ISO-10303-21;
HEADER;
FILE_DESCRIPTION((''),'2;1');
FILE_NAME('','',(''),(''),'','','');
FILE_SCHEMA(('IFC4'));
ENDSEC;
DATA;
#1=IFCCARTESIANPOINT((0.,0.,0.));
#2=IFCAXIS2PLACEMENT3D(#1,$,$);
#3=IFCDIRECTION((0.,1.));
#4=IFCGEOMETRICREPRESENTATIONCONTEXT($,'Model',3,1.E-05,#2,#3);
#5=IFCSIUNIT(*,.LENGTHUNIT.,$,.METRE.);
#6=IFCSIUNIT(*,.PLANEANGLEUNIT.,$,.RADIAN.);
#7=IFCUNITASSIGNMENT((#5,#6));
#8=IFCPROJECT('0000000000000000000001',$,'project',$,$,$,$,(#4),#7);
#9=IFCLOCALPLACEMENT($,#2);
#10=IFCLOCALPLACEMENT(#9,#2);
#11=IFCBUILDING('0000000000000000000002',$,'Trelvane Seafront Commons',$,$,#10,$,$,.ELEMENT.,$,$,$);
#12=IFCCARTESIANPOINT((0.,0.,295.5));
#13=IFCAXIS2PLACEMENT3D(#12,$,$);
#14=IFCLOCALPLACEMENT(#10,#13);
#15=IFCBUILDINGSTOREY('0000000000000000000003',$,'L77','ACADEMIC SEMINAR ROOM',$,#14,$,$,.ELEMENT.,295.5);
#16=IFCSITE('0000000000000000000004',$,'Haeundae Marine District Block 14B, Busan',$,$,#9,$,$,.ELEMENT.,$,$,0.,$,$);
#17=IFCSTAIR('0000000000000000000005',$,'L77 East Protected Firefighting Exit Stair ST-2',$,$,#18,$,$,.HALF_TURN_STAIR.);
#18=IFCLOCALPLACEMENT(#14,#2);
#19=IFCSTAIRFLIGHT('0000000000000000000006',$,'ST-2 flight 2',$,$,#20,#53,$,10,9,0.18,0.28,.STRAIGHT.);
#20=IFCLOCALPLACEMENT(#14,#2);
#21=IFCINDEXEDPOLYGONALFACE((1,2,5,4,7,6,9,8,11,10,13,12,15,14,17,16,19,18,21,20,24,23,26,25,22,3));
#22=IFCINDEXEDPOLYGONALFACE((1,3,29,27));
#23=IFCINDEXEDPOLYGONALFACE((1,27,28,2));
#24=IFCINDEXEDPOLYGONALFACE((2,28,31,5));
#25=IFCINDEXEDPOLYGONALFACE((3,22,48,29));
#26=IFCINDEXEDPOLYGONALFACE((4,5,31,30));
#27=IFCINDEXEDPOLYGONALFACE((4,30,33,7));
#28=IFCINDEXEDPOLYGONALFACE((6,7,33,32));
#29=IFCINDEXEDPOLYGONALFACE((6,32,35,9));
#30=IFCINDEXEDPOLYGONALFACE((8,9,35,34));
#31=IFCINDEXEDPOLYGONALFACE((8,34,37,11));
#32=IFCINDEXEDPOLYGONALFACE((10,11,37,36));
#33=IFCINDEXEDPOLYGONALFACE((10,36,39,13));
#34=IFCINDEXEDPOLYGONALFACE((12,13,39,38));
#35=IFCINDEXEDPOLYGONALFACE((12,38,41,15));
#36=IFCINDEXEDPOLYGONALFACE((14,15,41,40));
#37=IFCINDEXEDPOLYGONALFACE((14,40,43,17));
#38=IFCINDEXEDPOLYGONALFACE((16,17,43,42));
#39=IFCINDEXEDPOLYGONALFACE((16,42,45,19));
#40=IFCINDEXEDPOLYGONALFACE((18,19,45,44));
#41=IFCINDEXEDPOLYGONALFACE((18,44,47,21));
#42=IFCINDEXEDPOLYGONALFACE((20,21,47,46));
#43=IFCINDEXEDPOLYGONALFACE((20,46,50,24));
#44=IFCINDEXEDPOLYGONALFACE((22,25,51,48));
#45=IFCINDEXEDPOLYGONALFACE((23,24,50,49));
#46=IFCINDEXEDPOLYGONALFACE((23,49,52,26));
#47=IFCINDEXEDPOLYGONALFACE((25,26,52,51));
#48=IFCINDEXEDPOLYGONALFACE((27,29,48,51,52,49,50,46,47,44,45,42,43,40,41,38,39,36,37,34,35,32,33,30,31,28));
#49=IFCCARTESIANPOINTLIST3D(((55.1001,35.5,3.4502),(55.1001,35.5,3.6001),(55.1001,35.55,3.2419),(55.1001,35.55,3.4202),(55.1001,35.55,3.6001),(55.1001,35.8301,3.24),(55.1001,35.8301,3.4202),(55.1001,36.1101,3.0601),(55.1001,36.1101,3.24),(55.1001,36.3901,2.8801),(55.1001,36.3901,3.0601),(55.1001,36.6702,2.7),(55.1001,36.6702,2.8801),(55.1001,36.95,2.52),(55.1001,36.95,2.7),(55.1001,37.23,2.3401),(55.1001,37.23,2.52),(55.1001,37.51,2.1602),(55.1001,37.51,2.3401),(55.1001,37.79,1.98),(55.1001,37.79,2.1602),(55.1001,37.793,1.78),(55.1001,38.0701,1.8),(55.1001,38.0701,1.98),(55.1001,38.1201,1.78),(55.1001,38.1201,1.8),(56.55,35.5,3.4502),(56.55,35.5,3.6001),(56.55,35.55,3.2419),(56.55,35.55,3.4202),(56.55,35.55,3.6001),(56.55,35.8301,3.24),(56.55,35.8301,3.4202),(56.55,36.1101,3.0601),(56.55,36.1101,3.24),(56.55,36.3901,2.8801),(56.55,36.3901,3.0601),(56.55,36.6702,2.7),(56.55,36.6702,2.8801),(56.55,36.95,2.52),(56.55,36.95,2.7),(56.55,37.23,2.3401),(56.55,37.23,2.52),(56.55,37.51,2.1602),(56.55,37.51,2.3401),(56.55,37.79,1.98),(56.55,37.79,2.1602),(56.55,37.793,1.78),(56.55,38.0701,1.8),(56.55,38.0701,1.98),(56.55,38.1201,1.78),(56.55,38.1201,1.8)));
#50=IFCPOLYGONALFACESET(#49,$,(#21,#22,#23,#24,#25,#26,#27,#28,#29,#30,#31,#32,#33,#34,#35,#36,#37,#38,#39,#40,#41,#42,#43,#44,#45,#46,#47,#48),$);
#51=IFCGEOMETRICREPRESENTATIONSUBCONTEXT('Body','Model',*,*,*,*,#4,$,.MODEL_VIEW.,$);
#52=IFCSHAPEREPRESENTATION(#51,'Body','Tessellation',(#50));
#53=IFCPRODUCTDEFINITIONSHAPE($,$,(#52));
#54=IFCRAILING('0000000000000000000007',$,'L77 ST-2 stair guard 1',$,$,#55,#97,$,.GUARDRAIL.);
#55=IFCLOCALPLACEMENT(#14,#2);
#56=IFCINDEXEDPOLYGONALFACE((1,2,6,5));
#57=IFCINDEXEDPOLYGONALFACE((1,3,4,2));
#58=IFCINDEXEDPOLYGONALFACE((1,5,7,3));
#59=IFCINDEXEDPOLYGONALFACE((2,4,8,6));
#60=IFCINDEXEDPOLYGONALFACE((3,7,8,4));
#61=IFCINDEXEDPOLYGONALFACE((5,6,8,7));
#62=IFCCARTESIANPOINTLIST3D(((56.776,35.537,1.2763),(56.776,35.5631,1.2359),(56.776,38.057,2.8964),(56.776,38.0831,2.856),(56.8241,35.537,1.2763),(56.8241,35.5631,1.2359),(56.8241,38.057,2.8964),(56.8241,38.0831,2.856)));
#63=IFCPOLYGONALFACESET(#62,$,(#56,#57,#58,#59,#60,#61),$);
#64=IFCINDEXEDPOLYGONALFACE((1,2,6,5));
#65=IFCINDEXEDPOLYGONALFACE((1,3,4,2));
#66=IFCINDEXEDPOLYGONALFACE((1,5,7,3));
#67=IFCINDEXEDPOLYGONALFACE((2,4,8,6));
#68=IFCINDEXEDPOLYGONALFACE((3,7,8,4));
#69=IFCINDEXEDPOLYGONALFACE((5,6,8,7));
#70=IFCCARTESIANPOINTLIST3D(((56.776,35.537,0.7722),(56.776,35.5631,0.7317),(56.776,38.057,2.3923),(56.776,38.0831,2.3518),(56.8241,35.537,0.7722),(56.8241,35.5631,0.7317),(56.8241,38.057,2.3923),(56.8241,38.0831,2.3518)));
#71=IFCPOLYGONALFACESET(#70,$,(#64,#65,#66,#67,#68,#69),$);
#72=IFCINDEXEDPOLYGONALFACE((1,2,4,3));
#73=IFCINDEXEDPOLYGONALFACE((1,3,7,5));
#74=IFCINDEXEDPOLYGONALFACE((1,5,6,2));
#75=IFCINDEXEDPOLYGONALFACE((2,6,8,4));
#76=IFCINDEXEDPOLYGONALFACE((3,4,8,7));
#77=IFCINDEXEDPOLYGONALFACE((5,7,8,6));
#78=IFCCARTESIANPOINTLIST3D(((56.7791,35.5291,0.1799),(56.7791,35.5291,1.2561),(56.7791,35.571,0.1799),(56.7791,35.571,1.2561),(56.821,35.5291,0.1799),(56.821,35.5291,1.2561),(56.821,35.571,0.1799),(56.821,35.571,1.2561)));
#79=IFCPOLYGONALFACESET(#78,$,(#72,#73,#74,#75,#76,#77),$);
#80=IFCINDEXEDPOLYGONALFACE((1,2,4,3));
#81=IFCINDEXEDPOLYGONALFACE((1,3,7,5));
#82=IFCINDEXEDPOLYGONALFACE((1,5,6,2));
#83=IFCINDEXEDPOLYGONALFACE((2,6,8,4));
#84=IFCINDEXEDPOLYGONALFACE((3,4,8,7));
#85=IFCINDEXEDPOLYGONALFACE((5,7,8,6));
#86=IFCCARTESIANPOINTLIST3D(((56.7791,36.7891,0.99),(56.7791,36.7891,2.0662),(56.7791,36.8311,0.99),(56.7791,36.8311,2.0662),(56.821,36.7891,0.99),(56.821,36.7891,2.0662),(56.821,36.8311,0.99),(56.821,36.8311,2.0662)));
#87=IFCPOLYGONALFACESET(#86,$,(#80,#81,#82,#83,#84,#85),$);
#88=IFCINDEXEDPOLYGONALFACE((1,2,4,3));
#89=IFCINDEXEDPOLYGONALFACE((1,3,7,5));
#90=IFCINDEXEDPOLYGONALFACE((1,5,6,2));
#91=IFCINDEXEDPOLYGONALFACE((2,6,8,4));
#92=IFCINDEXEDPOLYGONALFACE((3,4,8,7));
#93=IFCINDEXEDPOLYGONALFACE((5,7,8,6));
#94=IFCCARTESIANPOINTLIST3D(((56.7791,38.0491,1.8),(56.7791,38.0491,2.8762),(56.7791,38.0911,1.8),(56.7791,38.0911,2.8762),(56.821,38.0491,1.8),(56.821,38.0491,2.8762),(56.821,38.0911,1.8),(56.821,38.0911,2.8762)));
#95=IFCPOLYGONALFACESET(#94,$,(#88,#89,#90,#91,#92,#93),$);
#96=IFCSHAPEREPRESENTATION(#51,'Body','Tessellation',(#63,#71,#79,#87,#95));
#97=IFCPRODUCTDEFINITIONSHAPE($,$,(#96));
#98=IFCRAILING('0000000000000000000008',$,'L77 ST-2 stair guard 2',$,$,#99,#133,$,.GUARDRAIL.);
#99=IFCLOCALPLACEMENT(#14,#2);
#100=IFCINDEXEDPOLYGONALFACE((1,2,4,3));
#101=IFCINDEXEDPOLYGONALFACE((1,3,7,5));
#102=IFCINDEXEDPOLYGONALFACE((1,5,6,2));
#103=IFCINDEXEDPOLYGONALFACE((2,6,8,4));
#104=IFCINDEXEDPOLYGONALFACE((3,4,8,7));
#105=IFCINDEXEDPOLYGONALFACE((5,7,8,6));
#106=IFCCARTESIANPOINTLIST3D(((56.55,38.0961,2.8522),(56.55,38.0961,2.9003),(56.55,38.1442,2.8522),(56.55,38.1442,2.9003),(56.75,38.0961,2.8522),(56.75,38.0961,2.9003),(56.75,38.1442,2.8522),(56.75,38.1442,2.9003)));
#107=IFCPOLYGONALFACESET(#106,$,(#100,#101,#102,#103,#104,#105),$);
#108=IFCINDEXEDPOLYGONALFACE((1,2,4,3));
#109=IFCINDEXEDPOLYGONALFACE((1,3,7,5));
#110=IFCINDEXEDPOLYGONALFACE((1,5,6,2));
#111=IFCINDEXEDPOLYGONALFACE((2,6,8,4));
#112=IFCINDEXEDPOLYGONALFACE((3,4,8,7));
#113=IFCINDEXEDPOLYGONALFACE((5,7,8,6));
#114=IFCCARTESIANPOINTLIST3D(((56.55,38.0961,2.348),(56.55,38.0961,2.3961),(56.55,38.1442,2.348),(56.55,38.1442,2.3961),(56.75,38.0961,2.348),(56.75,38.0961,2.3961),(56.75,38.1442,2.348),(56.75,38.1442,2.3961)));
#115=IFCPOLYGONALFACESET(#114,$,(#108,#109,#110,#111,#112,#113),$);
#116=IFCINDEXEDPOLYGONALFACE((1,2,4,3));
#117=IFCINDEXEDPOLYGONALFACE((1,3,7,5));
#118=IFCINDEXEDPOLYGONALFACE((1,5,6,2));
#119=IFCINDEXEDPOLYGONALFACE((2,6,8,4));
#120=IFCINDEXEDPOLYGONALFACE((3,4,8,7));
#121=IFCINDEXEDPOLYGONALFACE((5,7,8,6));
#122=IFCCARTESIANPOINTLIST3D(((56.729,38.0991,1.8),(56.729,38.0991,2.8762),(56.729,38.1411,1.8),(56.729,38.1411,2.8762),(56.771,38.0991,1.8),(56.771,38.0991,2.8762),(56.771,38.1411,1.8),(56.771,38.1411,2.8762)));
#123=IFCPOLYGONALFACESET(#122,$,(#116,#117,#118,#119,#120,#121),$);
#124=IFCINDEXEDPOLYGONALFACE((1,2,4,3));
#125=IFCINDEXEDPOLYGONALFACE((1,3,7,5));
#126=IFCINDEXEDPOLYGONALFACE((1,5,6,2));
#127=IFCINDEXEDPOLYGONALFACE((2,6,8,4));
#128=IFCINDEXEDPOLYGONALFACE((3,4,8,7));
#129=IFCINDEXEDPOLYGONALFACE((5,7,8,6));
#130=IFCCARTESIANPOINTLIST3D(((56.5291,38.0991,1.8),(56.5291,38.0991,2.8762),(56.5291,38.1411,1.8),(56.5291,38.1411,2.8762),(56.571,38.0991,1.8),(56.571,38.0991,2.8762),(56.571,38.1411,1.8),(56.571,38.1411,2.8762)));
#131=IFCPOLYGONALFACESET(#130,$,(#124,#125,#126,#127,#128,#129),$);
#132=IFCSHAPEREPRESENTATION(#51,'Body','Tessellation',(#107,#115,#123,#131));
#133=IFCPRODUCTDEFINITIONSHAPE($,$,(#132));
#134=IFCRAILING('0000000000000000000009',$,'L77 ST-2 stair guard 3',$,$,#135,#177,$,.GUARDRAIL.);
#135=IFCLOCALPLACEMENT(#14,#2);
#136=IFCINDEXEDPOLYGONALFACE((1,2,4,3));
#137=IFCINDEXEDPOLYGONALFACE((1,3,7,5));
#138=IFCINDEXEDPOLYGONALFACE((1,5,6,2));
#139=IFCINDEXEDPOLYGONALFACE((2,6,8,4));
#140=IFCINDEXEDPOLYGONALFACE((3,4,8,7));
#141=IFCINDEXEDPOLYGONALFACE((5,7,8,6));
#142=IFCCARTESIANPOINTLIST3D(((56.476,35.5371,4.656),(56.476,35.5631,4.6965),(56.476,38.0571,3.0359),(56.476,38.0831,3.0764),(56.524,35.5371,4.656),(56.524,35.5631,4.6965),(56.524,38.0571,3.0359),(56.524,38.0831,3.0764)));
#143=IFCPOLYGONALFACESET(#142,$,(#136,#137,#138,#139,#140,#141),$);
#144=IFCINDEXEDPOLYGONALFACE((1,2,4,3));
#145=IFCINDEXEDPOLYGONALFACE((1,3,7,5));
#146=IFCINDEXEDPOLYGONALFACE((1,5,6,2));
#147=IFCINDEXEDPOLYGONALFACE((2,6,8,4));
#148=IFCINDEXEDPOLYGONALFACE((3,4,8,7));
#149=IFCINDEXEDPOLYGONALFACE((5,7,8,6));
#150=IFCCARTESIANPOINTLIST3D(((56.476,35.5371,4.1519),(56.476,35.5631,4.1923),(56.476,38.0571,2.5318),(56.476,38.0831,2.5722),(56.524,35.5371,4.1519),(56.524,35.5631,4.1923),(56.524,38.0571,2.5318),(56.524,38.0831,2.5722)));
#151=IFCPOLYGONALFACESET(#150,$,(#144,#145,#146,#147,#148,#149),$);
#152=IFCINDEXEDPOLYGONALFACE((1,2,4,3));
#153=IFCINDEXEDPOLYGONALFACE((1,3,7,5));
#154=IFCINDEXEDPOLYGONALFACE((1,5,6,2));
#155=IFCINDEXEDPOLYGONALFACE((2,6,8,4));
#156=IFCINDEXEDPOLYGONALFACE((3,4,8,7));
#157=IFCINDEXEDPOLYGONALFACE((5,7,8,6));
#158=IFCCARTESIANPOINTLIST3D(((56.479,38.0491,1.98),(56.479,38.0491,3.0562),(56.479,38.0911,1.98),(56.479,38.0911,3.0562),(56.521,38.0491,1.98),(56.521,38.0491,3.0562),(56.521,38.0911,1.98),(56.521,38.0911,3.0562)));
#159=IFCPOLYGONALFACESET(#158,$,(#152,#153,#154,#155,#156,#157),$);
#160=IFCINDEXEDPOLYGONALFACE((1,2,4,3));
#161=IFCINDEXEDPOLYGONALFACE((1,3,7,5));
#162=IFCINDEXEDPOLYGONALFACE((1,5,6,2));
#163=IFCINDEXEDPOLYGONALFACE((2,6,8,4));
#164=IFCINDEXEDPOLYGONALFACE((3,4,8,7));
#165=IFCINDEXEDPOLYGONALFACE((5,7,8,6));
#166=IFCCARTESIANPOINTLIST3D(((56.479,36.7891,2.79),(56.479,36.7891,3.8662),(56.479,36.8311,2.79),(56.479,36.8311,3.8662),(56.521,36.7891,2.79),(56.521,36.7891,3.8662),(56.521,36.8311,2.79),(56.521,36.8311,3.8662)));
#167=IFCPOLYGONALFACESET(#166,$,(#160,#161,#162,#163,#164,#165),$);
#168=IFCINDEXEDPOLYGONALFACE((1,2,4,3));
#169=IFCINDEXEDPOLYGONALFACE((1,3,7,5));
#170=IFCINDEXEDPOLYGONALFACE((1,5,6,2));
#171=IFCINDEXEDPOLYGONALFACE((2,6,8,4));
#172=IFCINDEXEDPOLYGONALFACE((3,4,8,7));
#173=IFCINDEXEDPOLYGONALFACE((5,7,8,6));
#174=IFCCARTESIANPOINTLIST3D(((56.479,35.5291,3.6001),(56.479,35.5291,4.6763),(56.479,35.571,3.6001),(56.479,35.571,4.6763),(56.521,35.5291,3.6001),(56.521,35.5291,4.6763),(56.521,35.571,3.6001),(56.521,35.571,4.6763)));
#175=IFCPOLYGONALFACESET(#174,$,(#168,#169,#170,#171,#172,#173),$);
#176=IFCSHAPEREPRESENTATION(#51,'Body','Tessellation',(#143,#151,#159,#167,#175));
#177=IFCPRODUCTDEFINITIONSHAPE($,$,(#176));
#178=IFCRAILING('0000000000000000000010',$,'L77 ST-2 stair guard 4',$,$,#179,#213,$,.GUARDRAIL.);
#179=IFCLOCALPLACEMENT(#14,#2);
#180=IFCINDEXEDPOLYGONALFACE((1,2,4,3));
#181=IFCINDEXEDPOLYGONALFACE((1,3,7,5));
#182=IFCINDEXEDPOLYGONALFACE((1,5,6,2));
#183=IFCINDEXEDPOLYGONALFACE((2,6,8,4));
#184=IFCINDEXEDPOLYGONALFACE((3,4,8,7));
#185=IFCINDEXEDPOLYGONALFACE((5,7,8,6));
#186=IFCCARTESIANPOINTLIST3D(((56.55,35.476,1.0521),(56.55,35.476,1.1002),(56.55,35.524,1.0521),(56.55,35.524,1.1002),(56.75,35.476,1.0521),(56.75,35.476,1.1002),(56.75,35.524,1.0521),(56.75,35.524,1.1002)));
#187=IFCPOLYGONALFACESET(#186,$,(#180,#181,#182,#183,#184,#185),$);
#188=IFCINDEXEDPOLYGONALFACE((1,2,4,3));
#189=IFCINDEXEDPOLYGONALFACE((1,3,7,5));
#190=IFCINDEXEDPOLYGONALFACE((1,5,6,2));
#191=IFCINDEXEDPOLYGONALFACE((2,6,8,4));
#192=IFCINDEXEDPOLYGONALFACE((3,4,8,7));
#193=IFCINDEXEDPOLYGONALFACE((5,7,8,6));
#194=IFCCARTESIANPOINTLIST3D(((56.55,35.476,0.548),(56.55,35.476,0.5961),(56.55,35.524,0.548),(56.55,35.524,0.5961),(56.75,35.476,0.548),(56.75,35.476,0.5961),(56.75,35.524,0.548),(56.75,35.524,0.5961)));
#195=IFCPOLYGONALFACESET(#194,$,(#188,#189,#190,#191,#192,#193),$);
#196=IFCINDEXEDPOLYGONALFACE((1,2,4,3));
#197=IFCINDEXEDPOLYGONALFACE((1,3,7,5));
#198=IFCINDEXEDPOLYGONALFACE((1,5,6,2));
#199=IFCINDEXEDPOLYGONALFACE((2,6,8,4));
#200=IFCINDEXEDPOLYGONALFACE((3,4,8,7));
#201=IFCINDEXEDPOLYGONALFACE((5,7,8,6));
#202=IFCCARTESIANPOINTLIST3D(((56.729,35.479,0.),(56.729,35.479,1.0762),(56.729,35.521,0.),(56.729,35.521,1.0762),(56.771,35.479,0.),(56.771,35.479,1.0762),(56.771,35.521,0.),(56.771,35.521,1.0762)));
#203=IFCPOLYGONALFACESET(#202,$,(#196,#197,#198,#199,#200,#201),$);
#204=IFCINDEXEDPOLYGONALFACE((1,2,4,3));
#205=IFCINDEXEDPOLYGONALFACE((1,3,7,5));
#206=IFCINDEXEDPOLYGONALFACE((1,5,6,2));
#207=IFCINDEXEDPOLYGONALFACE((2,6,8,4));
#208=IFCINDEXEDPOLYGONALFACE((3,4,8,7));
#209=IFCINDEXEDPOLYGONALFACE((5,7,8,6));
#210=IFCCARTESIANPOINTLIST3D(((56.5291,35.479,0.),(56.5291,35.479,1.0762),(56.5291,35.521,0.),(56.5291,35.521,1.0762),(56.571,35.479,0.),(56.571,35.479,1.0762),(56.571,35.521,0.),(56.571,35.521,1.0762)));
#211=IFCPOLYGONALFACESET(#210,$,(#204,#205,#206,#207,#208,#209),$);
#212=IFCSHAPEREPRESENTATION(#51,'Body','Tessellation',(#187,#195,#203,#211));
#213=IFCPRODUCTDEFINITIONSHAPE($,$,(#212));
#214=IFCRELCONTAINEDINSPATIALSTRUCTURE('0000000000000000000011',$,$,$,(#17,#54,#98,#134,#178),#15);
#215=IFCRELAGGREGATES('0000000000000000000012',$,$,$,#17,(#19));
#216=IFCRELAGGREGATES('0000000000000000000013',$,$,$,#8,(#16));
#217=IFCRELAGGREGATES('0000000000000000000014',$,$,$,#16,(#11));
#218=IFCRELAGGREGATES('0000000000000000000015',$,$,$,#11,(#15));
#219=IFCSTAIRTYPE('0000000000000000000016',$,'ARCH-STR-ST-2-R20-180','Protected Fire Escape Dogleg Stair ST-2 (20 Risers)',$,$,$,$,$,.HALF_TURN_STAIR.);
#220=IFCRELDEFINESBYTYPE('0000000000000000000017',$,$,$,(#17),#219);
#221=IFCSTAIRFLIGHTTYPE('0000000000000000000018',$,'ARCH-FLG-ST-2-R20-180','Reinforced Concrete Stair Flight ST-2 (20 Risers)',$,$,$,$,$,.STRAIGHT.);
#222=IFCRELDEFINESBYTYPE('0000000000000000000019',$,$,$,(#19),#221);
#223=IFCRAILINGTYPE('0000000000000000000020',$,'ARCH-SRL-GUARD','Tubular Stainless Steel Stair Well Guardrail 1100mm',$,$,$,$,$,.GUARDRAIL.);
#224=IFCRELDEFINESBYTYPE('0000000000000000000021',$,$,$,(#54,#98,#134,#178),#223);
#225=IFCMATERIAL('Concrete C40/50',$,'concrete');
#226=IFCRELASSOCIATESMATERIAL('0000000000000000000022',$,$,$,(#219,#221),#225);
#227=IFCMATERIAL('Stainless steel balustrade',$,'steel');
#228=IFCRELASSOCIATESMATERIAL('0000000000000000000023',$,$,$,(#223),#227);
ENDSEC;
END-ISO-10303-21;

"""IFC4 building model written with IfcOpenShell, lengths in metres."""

from ifc_helpers import new_model, si_unit, direction, frame, origin, origin_2d, place, context, subcontext, project, spatial, polyline, rectangle, outline, extrude, source, transform, mapped, material, type_object, element, aggregate, save


model = new_model("IFC4")

# Units and contexts
model_context = context("Model", 3, precision=1e-05, world=origin(), true_north=direction((0.0, 1.0)))
body_context = subcontext(model_context, "Body", "Model", "MODEL_VIEW")
ifc_project = project(units=[si_unit("LENGTHUNIT", "METRE"), si_unit("PLANEANGLEUNIT", "RADIAN")], contexts=[model_context])

# Site, building, storey
site_placement = place(None, origin())
site = spatial("IfcSite", under=ifc_project, at=site_placement, Name="Haeundae Marine District Block 14B, Busan", CompositionType="ELEMENT", RefElevation=0.0)
building_placement = place(site_placement, origin())
building = spatial("IfcBuilding", under=site, at=building_placement, Name="Trelvane Seafront Commons", CompositionType="ELEMENT")
storey_placement = place(building_placement, frame((0.0, 0.0, 295.5)))
storey = spatial("IfcBuildingStorey", under=building, at=storey_placement, Name="L77", Description="ACADEMIC SEMINAR ROOM", CompositionType="ELEMENT", Elevation=295.5)

# Shared definitions
ifc_material_1 = material(Name="Concrete C40/50", Category="concrete")

# Stair, stair flight
stair_type = type_object("IfcStairType", Name="ARCH-STR-ST-2-R20-180", Description="Protected Fire Escape Dogleg Stair ST-2 (20 Risers)", PredefinedType="HALF_TURN_STAIR", material=ifc_material_1)
stair_placement = place(storey_placement, origin())
stair = element("IfcStair", 1, at=stair_placement, inside=storey, type_object=stair_type, Name="L77 East Protected Firefighting Exit Stair ST-2", PredefinedType="HALF_TURN_STAIR")
stair_flight_type = type_object("IfcStairFlightType", Name="ARCH-FLG-ST-2-R20-180", Description="Reinforced Concrete Stair Flight ST-2 (20 Risers)", PredefinedType="STRAIGHT", material=ifc_material_1)
shared_shape_1 = source(origin(), body_context, "Body", "SweptSolid", [
    extrude(outline(polyline([(-0.05, -0.02), (-0.05, 0.0), (0.0, 0.0), (0.0, 0.1799), (0.28, 0.1799), (0.28, 0.3601), (0.5601, 0.3601), (0.5601, 0.54), (0.8401, 0.54), (0.8401, 0.72), (1.1201, 0.72), (1.1201, 0.8999), (1.3999, 0.8999), (1.3999, 1.0801), (1.6799, 1.0801), (1.6799, 1.26), (1.96, 1.26), (1.96, 1.4399), (2.24, 1.4399), (2.24, 1.6201), (2.52, 1.6201), (2.52, 1.8), (2.5701, 1.8), (2.5701, 1.6501), (2.52, 1.4419), (0.2771, -0.02), (-0.05, -0.02)])), frame((0.0, 0.7251, 0.0), z_axis=(0.0, -1.0, 0.0), x_axis=(1.0, 0.0, 0.0)), (0.0, 0.0, 1.0), 1.45),
])
stair_flight_1_placement = place(storey_placement, frame((55.825, 38.0701, 1.8), z_axis=(0.0, 0.0, 1.0), x_axis=(0.0, -1.0, 0.0)))
stair_flight_1 = element("IfcStairFlight", 2, at=stair_flight_1_placement, type_object=stair_flight_type, Name="ST-2 flight 2", NumberOfRisers=10, NumberOfTreads=9, PredefinedType="STRAIGHT", RiserHeight=0.18, TreadLength=0.28, context=body_context, shape_type="MappedRepresentation", body=[
    mapped(shared_shape_1, transform((0.0, 0.0, 0.0), x_axis=(1.0, 0.0, 0.0), y_axis=(0.0, 1.0, 0.0), z_axis=(0.0, 0.0, 1.0), scale=1.0)),
])
aggregate(stair, [stair_flight_1])

# Railings
ifc_material_2 = material(Name="Stainless steel balustrade", Category="steel")
railing_type_1 = type_object("IfcRailingType", Name="ARCH-SRL-GUARD", Description="Tubular Stainless Steel Stair Well Guardrail 1100mm", PredefinedType="GUARDRAIL", material=ifc_material_2)
railing_1_placement = place(storey_placement, frame((56.8, 35.55, 0.1799)))
element("IfcRailing", 3, at=railing_1_placement, inside=storey, type_object=railing_type_1, Name="L77 ST-2 stair guard 1", PredefinedType="GUARDRAIL", context=body_context, shape_type="SweptSolid", body=[
    extrude(rectangle(XDim=0.0481, YDim=0.0481, at=origin_2d()), frame((0.0, 0.0, 1.0762), z_axis=(0.0, 0.841163, 0.540782), x_axis=(-1.0, 0.0, 0.0)), (0.0, 0.0, 1.0), 2.9958),
    extrude(rectangle(XDim=0.0481, YDim=0.0481, at=origin_2d()), frame((0.0, 0.0, 0.572), z_axis=(0.0, 0.841163, 0.540782), x_axis=(-1.0, 0.0, 0.0)), (0.0, 0.0, 1.0), 2.9958),
    extrude(rectangle(XDim=0.042, YDim=0.042, at=origin_2d()), origin(), (0.0, 0.0, 1.0), 1.0762),
    extrude(rectangle(XDim=0.042, YDim=0.042, at=origin_2d()), frame((0.0, 1.26, 0.8101)), (0.0, 0.0, 1.0), 1.0762),
    extrude(rectangle(XDim=0.042, YDim=0.042, at=origin_2d()), frame((0.0, 2.52, 1.6201)), (0.0, 0.0, 1.0), 1.0762),
])
railing_2_placement = place(storey_placement, frame((56.75, 38.1201, 1.8)))
element("IfcRailing", 4, at=railing_2_placement, inside=storey, type_object=railing_type_1, Name="L77 ST-2 stair guard 2", PredefinedType="GUARDRAIL", context=body_context, shape_type="SweptSolid", body=[
    extrude(rectangle(XDim=0.0481, YDim=0.0481, at=origin_2d()), frame((0.0, 0.0, 1.0762), z_axis=(-1.0, 0.0, 0.0), x_axis=(0.0, -1.0, 0.0)), (0.0, 0.0, 1.0), 0.2),
    extrude(rectangle(XDim=0.0481, YDim=0.0481, at=origin_2d()), frame((0.0, 0.0, 0.572), z_axis=(-1.0, 0.0, 0.0), x_axis=(0.0, -1.0, 0.0)), (0.0, 0.0, 1.0), 0.2),
    extrude(rectangle(XDim=0.042, YDim=0.042, at=origin_2d()), origin(), (0.0, 0.0, 1.0), 1.0762),
    extrude(rectangle(XDim=0.042, YDim=0.042, at=origin_2d()), frame((-0.2, 0.0, 0.0)), (0.0, 0.0, 1.0), 1.0762),
])
railing_3_placement = place(storey_placement, frame((56.5, 38.0701, 1.98)))
element("IfcRailing", 5, at=railing_3_placement, inside=storey, type_object=railing_type_1, Name="L77 ST-2 stair guard 3", PredefinedType="GUARDRAIL", context=body_context, shape_type="SweptSolid", body=[
    extrude(rectangle(XDim=0.0481, YDim=0.0481, at=origin_2d()), frame((0.0, 0.0, 1.0762), z_axis=(0.0, -0.841163, 0.540782), x_axis=(1.0, 0.0, 0.0)), (0.0, 0.0, 1.0), 2.9958),
    extrude(rectangle(XDim=0.0481, YDim=0.0481, at=origin_2d()), frame((0.0, 0.0, 0.572), z_axis=(0.0, -0.841163, 0.540782), x_axis=(1.0, 0.0, 0.0)), (0.0, 0.0, 1.0), 2.9958),
    extrude(rectangle(XDim=0.042, YDim=0.042, at=origin_2d()), origin(), (0.0, 0.0, 1.0), 1.0762),
    extrude(rectangle(XDim=0.042, YDim=0.042, at=origin_2d()), frame((0.0, -1.26, 0.8101)), (0.0, 0.0, 1.0), 1.0762),
    extrude(rectangle(XDim=0.042, YDim=0.042, at=origin_2d()), frame((0.0, -2.52, 1.6201)), (0.0, 0.0, 1.0), 1.0762),
])
railing_4_placement = place(storey_placement, frame((56.75, 35.5, 0.0)))
element("IfcRailing", 6, at=railing_4_placement, inside=storey, type_object=railing_type_1, Name="L77 ST-2 stair guard 4", PredefinedType="GUARDRAIL", context=body_context, shape_type="SweptSolid", body=[
    extrude(rectangle(XDim=0.0481, YDim=0.0481, at=origin_2d()), frame((0.0, 0.0, 1.0762), z_axis=(-1.0, 0.0, 0.0), x_axis=(0.0, -1.0, 0.0)), (0.0, 0.0, 1.0), 0.2),
    extrude(rectangle(XDim=0.0481, YDim=0.0481, at=origin_2d()), frame((0.0, 0.0, 0.572), z_axis=(-1.0, 0.0, 0.0), x_axis=(0.0, -1.0, 0.0)), (0.0, 0.0, 1.0), 0.2),
    extrude(rectangle(XDim=0.042, YDim=0.042, at=origin_2d()), origin(), (0.0, 0.0, 1.0), 1.0762),
    extrude(rectangle(XDim=0.042, YDim=0.042, at=origin_2d()), frame((-0.2, 0.0, 0.0)), (0.0, 0.0, 1.0), 1.0762),
])

save(model, "model.ifc")
